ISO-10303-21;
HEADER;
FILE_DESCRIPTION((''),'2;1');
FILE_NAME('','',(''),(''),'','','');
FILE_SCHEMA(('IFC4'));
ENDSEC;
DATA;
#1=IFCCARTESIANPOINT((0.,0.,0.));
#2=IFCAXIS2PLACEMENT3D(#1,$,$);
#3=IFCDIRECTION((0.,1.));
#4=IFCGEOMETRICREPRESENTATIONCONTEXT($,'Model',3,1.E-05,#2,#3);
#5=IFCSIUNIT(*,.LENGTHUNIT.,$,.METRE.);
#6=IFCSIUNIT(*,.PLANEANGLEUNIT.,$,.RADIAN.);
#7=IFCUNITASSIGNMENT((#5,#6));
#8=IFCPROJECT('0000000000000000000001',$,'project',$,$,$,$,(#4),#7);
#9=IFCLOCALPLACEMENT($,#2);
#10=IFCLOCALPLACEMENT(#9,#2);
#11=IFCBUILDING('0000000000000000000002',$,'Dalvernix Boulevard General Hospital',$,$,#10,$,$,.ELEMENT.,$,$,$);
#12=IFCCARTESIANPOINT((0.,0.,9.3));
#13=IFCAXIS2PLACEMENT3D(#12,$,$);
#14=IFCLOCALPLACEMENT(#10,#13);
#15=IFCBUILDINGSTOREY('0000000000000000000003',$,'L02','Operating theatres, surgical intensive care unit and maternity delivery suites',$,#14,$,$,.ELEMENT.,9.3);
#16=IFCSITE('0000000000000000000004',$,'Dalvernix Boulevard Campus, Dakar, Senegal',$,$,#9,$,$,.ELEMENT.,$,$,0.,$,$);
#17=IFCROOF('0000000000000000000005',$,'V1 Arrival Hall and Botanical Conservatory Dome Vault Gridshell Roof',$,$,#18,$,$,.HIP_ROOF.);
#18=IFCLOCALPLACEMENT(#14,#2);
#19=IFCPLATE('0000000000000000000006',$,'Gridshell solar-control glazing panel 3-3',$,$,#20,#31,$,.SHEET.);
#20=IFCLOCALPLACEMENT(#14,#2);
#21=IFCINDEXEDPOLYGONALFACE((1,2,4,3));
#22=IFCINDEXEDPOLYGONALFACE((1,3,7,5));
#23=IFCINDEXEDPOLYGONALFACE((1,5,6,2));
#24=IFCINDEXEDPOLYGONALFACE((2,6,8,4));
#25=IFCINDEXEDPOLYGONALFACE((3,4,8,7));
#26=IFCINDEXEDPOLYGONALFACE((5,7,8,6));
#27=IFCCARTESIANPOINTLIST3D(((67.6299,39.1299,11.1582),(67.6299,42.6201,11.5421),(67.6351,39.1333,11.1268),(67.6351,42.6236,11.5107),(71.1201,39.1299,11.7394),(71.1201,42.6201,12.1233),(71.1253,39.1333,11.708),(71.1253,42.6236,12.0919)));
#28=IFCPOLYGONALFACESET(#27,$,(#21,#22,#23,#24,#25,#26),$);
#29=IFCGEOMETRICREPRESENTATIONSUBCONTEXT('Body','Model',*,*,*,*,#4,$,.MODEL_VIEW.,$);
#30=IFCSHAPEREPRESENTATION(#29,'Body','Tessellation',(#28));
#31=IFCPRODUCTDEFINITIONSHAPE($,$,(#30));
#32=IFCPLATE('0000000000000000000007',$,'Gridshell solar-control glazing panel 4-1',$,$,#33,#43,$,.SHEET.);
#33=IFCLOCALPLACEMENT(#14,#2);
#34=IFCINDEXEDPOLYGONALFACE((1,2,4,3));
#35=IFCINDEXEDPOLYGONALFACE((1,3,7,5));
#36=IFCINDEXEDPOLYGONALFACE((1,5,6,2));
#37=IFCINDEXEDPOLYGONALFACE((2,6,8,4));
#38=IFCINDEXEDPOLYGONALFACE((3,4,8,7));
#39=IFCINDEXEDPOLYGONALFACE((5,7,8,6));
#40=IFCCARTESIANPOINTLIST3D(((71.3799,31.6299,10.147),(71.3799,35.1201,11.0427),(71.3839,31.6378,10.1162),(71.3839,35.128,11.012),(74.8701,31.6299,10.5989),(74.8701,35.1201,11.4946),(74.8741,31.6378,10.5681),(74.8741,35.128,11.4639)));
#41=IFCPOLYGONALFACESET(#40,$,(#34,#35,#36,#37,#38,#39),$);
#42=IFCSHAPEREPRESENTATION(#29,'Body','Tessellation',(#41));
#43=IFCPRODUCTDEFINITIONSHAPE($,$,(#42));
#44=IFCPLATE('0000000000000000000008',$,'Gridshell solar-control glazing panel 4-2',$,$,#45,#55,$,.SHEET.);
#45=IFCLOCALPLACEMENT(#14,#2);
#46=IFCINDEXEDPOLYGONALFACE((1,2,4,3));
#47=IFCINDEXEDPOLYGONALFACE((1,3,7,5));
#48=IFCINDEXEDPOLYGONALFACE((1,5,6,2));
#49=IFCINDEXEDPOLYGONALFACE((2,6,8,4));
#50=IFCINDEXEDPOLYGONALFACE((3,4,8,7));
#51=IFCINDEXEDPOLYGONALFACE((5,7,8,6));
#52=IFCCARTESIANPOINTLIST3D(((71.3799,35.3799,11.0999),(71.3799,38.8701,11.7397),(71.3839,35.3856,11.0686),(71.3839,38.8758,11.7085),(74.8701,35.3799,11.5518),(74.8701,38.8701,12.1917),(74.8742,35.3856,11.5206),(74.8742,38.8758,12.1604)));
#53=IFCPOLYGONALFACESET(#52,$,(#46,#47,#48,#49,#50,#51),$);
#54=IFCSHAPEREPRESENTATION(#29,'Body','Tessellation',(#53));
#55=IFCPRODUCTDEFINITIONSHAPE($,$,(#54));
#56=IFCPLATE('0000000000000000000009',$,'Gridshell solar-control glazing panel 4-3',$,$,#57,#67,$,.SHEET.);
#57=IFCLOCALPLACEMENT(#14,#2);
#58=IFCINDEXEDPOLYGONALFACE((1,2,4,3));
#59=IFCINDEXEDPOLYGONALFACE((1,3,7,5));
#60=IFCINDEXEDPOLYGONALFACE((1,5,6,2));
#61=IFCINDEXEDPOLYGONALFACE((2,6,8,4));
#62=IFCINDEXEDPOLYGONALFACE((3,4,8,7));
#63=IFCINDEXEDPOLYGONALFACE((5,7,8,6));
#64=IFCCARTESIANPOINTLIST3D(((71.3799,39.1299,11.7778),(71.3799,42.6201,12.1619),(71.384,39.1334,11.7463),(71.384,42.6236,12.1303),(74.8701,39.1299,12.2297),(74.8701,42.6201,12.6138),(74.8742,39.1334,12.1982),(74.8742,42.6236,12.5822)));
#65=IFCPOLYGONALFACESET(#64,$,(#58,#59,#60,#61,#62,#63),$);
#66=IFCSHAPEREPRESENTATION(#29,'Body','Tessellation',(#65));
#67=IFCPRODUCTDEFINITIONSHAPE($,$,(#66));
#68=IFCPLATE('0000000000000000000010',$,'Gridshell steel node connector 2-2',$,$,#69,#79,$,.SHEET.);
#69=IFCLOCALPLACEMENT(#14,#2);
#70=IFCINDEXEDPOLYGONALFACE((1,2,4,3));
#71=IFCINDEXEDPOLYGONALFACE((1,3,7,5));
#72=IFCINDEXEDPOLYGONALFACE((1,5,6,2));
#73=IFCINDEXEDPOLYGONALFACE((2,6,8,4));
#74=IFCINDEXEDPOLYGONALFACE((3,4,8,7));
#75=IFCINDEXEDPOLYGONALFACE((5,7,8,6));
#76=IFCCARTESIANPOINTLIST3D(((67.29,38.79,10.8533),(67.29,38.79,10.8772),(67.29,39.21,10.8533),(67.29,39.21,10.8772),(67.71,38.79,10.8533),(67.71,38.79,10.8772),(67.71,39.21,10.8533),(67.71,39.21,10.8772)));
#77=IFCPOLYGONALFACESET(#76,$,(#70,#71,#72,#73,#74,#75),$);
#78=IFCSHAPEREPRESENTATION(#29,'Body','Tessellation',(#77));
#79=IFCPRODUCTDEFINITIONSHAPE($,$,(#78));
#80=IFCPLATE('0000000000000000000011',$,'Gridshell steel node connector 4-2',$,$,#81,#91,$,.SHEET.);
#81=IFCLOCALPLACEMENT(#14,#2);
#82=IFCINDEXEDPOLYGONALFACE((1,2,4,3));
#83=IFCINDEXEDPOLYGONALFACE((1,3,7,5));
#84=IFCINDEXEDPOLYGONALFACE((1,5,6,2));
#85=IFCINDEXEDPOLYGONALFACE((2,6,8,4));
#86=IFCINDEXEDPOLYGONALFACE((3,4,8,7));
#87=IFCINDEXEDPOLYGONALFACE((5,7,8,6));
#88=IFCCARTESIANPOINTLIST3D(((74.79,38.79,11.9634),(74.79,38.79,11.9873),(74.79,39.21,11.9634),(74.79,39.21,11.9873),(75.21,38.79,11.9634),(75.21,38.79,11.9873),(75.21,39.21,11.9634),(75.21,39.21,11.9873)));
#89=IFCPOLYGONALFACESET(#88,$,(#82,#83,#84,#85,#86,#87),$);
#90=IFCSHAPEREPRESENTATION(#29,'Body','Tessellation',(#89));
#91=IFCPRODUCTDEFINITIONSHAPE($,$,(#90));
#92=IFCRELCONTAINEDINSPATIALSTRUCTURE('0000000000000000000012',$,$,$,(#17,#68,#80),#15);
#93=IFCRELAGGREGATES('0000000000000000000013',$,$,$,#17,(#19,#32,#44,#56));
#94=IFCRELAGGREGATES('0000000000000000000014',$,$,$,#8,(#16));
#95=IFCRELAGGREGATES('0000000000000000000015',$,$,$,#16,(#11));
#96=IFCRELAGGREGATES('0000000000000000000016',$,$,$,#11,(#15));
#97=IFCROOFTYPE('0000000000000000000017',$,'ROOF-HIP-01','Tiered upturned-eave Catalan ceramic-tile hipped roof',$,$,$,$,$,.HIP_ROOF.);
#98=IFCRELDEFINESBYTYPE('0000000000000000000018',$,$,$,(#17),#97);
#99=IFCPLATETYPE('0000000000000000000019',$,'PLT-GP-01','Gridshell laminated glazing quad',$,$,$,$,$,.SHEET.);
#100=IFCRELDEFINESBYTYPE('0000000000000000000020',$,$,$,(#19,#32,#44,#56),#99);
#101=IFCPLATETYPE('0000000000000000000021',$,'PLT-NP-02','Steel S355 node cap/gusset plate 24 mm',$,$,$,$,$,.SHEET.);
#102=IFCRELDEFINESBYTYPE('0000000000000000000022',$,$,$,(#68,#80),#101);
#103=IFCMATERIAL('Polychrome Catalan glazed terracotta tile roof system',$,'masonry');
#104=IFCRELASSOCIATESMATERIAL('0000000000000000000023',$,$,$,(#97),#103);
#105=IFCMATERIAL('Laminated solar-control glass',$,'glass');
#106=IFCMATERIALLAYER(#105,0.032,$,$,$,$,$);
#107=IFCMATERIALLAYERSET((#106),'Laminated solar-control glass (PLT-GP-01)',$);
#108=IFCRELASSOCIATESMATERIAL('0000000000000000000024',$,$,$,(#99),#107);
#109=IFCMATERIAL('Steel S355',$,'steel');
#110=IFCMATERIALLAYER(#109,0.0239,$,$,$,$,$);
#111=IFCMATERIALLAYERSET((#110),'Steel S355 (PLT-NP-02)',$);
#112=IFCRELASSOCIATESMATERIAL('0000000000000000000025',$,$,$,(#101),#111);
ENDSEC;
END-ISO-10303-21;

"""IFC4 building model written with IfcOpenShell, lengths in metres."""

from ifc_helpers import new_model, si_unit, direction, frame, origin, origin_2d, place, context, subcontext, project, spatial, polyline, rectangle, outline, extrude, material, layer, layer_set, type_object, element, aggregate, save


model = new_model("IFC4")

# Units and contexts
model_context = context("Model", 3, precision=1e-05, world=origin(), true_north=direction((0.0, 1.0)))
body_context = subcontext(model_context, "Body", "Model", "MODEL_VIEW")
ifc_project = project(units=[si_unit("LENGTHUNIT", "METRE"), si_unit("PLANEANGLEUNIT", "RADIAN")], contexts=[model_context])

# Site, building, storey
site_placement = place(None, origin())
site = spatial("IfcSite", under=ifc_project, at=site_placement, Name="Dalvernix Boulevard Campus, Dakar, Senegal", CompositionType="ELEMENT", RefElevation=0.0)
building_placement = place(site_placement, origin())
building = spatial("IfcBuilding", under=site, at=building_placement, Name="Dalvernix Boulevard General Hospital", CompositionType="ELEMENT")
storey_placement = place(building_placement, frame((0.0, 0.0, 9.3)))
storey = spatial("IfcBuildingStorey", under=building, at=storey_placement, Name="L02", Description="Operating theatres, surgical intensive care unit and maternity delivery suites", CompositionType="ELEMENT", Elevation=9.3)

# Shared definitions
ifc_material_1 = material(Name="Steel S355", Category="steel")

# Roof, plates
ifc_material_2 = material(Name="Polychrome Catalan glazed terracotta tile roof system", Category="masonry")
roof_type = type_object("IfcRoofType", Name="ROOF-HIP-01", Description="Tiered upturned-eave Catalan ceramic-tile hipped roof", PredefinedType="HIP_ROOF", material=ifc_material_2)
roof_placement = place(storey_placement, origin())
roof = element("IfcRoof", 1, at=roof_placement, inside=storey, type_object=roof_type, Name="V1 Arrival Hall and Botanical Conservatory Dome Vault Gridshell Roof", PredefinedType="HIP_ROOF")
ifc_material_3 = material(Name="Laminated solar-control glass", Category="glass")
ifc_layer_1 = layer(ifc_material_3, 0.032)
ifc_layer_set_1 = layer_set([ifc_layer_1], Name="Laminated solar-control glass (PLT-GP-01)")
plate_type_1 = type_object("IfcPlateType", Name="PLT-GP-01", Description="Gridshell laminated glazing quad", PredefinedType="SHEET", material=ifc_layer_set_1)
plate_1_placement = place(storey_placement, frame((67.6299, 39.1299, 11.1582), z_axis=(-0.163295, -0.107869, 0.980663), x_axis=(0.986418, -0.000004, 0.164253)))
plate_1 = element("IfcPlate", 2, at=plate_1_placement, type_object=plate_type_1, Name="Gridshell solar-control glazing panel 3-3", PredefinedType="SHEET", context=body_context, shape_type="SweptSolid", body=[
    extrude(outline(polyline([(0.0, 0.0), (3.5383, 0.0), (3.6013, 3.5107), (0.063, 3.5107), (0.0, 0.0)])), origin(), (0.0, 0.0, -1.0), 0.032),
])
plate_2_placement = place(storey_placement, frame((71.3799, 31.6299, 10.147), z_axis=(-0.124438, -0.246657, 0.961081), x_axis=(0.991722, 0.0, 0.128405)))
plate_2 = element("IfcPlate", 3, at=plate_2_placement, type_object=plate_type_1, Name="Gridshell solar-control glazing panel 4-1", PredefinedType="SHEET", context=body_context, shape_type="SweptSolid", body=[
    extrude(outline(polyline([(0.0, 0.0), (3.5194, 0.0), (3.6344, 3.6015), (0.115, 3.6015), (0.0, 0.0)])), origin(), (0.0, 0.0, -1.0), 0.032),
])
plate_3_placement = place(storey_placement, frame((71.3799, 35.3799, 11.0999), z_axis=(-0.126334, -0.178887, 0.975725), x_axis=(0.991722, 0.0, 0.128405)))
plate_3 = element("IfcPlate", 4, at=plate_3_placement, type_object=plate_type_1, Name="Gridshell solar-control glazing panel 4-2", PredefinedType="SHEET", context=body_context, shape_type="SweptSolid", body=[
    extrude(outline(polyline([(0.0, 0.0), (3.5194, 0.0), (3.6015, 3.5475), (0.0822, 3.5475), (0.0, 0.0)])), origin(), (0.0, 0.0, -1.0), 0.032),
])
plate_4_placement = place(storey_placement, frame((71.3799, 39.1299, 11.7778), z_axis=(-0.127647, -0.108476, 0.98587), x_axis=(0.991722, 0.0, 0.128405)))
plate_4 = element("IfcPlate", 5, at=plate_4_placement, type_object=plate_type_1, Name="Gridshell solar-control glazing panel 4-3", PredefinedType="SHEET", context=body_context, shape_type="SweptSolid", body=[
    extrude(outline(polyline([(0.0, 0.0), (3.5194, 0.0), (3.5687, 3.511), (0.0493, 3.511), (0.0, 0.0)])), origin(), (0.0, 0.0, -1.0), 0.032),
])
aggregate(roof, [plate_1, plate_2, plate_3, plate_4])

# Plates
ifc_layer_2 = layer(ifc_material_1, 0.0239)
ifc_layer_set_2 = layer_set([ifc_layer_2], Name="Steel S355 (PLT-NP-02)")
plate_type_2 = type_object("IfcPlateType", Name="PLT-NP-02", Description="Steel S355 node cap/gusset plate 24 mm", PredefinedType="SHEET", material=ifc_layer_set_2)
for number, where, z_axis, x_axis, name in (
    (6, (67.5, 39.0, 10.8533), (0.0, 0.0, 1.0), (1.0, 0.0, 0.0), "Gridshell steel node connector 2-2"),
    (7, (75.0, 39.0, 11.9634), (0.0, 0.0, 1.0), (1.0, 0.0, 0.0), "Gridshell steel node connector 4-2"),
):
    element("IfcPlate", number, at=place(storey_placement, frame(where, z_axis=z_axis, x_axis=x_axis)), inside=storey, type_object=plate_type_2, Name=name, PredefinedType="SHEET", context=body_context, shape_type="SweptSolid", body=[
        extrude(rectangle(XDim=0.4199, YDim=0.4199, at=origin_2d()), origin(), (0.0, 0.0, 1.0), 0.0239),
    ])

save(model, "model.ifc")
